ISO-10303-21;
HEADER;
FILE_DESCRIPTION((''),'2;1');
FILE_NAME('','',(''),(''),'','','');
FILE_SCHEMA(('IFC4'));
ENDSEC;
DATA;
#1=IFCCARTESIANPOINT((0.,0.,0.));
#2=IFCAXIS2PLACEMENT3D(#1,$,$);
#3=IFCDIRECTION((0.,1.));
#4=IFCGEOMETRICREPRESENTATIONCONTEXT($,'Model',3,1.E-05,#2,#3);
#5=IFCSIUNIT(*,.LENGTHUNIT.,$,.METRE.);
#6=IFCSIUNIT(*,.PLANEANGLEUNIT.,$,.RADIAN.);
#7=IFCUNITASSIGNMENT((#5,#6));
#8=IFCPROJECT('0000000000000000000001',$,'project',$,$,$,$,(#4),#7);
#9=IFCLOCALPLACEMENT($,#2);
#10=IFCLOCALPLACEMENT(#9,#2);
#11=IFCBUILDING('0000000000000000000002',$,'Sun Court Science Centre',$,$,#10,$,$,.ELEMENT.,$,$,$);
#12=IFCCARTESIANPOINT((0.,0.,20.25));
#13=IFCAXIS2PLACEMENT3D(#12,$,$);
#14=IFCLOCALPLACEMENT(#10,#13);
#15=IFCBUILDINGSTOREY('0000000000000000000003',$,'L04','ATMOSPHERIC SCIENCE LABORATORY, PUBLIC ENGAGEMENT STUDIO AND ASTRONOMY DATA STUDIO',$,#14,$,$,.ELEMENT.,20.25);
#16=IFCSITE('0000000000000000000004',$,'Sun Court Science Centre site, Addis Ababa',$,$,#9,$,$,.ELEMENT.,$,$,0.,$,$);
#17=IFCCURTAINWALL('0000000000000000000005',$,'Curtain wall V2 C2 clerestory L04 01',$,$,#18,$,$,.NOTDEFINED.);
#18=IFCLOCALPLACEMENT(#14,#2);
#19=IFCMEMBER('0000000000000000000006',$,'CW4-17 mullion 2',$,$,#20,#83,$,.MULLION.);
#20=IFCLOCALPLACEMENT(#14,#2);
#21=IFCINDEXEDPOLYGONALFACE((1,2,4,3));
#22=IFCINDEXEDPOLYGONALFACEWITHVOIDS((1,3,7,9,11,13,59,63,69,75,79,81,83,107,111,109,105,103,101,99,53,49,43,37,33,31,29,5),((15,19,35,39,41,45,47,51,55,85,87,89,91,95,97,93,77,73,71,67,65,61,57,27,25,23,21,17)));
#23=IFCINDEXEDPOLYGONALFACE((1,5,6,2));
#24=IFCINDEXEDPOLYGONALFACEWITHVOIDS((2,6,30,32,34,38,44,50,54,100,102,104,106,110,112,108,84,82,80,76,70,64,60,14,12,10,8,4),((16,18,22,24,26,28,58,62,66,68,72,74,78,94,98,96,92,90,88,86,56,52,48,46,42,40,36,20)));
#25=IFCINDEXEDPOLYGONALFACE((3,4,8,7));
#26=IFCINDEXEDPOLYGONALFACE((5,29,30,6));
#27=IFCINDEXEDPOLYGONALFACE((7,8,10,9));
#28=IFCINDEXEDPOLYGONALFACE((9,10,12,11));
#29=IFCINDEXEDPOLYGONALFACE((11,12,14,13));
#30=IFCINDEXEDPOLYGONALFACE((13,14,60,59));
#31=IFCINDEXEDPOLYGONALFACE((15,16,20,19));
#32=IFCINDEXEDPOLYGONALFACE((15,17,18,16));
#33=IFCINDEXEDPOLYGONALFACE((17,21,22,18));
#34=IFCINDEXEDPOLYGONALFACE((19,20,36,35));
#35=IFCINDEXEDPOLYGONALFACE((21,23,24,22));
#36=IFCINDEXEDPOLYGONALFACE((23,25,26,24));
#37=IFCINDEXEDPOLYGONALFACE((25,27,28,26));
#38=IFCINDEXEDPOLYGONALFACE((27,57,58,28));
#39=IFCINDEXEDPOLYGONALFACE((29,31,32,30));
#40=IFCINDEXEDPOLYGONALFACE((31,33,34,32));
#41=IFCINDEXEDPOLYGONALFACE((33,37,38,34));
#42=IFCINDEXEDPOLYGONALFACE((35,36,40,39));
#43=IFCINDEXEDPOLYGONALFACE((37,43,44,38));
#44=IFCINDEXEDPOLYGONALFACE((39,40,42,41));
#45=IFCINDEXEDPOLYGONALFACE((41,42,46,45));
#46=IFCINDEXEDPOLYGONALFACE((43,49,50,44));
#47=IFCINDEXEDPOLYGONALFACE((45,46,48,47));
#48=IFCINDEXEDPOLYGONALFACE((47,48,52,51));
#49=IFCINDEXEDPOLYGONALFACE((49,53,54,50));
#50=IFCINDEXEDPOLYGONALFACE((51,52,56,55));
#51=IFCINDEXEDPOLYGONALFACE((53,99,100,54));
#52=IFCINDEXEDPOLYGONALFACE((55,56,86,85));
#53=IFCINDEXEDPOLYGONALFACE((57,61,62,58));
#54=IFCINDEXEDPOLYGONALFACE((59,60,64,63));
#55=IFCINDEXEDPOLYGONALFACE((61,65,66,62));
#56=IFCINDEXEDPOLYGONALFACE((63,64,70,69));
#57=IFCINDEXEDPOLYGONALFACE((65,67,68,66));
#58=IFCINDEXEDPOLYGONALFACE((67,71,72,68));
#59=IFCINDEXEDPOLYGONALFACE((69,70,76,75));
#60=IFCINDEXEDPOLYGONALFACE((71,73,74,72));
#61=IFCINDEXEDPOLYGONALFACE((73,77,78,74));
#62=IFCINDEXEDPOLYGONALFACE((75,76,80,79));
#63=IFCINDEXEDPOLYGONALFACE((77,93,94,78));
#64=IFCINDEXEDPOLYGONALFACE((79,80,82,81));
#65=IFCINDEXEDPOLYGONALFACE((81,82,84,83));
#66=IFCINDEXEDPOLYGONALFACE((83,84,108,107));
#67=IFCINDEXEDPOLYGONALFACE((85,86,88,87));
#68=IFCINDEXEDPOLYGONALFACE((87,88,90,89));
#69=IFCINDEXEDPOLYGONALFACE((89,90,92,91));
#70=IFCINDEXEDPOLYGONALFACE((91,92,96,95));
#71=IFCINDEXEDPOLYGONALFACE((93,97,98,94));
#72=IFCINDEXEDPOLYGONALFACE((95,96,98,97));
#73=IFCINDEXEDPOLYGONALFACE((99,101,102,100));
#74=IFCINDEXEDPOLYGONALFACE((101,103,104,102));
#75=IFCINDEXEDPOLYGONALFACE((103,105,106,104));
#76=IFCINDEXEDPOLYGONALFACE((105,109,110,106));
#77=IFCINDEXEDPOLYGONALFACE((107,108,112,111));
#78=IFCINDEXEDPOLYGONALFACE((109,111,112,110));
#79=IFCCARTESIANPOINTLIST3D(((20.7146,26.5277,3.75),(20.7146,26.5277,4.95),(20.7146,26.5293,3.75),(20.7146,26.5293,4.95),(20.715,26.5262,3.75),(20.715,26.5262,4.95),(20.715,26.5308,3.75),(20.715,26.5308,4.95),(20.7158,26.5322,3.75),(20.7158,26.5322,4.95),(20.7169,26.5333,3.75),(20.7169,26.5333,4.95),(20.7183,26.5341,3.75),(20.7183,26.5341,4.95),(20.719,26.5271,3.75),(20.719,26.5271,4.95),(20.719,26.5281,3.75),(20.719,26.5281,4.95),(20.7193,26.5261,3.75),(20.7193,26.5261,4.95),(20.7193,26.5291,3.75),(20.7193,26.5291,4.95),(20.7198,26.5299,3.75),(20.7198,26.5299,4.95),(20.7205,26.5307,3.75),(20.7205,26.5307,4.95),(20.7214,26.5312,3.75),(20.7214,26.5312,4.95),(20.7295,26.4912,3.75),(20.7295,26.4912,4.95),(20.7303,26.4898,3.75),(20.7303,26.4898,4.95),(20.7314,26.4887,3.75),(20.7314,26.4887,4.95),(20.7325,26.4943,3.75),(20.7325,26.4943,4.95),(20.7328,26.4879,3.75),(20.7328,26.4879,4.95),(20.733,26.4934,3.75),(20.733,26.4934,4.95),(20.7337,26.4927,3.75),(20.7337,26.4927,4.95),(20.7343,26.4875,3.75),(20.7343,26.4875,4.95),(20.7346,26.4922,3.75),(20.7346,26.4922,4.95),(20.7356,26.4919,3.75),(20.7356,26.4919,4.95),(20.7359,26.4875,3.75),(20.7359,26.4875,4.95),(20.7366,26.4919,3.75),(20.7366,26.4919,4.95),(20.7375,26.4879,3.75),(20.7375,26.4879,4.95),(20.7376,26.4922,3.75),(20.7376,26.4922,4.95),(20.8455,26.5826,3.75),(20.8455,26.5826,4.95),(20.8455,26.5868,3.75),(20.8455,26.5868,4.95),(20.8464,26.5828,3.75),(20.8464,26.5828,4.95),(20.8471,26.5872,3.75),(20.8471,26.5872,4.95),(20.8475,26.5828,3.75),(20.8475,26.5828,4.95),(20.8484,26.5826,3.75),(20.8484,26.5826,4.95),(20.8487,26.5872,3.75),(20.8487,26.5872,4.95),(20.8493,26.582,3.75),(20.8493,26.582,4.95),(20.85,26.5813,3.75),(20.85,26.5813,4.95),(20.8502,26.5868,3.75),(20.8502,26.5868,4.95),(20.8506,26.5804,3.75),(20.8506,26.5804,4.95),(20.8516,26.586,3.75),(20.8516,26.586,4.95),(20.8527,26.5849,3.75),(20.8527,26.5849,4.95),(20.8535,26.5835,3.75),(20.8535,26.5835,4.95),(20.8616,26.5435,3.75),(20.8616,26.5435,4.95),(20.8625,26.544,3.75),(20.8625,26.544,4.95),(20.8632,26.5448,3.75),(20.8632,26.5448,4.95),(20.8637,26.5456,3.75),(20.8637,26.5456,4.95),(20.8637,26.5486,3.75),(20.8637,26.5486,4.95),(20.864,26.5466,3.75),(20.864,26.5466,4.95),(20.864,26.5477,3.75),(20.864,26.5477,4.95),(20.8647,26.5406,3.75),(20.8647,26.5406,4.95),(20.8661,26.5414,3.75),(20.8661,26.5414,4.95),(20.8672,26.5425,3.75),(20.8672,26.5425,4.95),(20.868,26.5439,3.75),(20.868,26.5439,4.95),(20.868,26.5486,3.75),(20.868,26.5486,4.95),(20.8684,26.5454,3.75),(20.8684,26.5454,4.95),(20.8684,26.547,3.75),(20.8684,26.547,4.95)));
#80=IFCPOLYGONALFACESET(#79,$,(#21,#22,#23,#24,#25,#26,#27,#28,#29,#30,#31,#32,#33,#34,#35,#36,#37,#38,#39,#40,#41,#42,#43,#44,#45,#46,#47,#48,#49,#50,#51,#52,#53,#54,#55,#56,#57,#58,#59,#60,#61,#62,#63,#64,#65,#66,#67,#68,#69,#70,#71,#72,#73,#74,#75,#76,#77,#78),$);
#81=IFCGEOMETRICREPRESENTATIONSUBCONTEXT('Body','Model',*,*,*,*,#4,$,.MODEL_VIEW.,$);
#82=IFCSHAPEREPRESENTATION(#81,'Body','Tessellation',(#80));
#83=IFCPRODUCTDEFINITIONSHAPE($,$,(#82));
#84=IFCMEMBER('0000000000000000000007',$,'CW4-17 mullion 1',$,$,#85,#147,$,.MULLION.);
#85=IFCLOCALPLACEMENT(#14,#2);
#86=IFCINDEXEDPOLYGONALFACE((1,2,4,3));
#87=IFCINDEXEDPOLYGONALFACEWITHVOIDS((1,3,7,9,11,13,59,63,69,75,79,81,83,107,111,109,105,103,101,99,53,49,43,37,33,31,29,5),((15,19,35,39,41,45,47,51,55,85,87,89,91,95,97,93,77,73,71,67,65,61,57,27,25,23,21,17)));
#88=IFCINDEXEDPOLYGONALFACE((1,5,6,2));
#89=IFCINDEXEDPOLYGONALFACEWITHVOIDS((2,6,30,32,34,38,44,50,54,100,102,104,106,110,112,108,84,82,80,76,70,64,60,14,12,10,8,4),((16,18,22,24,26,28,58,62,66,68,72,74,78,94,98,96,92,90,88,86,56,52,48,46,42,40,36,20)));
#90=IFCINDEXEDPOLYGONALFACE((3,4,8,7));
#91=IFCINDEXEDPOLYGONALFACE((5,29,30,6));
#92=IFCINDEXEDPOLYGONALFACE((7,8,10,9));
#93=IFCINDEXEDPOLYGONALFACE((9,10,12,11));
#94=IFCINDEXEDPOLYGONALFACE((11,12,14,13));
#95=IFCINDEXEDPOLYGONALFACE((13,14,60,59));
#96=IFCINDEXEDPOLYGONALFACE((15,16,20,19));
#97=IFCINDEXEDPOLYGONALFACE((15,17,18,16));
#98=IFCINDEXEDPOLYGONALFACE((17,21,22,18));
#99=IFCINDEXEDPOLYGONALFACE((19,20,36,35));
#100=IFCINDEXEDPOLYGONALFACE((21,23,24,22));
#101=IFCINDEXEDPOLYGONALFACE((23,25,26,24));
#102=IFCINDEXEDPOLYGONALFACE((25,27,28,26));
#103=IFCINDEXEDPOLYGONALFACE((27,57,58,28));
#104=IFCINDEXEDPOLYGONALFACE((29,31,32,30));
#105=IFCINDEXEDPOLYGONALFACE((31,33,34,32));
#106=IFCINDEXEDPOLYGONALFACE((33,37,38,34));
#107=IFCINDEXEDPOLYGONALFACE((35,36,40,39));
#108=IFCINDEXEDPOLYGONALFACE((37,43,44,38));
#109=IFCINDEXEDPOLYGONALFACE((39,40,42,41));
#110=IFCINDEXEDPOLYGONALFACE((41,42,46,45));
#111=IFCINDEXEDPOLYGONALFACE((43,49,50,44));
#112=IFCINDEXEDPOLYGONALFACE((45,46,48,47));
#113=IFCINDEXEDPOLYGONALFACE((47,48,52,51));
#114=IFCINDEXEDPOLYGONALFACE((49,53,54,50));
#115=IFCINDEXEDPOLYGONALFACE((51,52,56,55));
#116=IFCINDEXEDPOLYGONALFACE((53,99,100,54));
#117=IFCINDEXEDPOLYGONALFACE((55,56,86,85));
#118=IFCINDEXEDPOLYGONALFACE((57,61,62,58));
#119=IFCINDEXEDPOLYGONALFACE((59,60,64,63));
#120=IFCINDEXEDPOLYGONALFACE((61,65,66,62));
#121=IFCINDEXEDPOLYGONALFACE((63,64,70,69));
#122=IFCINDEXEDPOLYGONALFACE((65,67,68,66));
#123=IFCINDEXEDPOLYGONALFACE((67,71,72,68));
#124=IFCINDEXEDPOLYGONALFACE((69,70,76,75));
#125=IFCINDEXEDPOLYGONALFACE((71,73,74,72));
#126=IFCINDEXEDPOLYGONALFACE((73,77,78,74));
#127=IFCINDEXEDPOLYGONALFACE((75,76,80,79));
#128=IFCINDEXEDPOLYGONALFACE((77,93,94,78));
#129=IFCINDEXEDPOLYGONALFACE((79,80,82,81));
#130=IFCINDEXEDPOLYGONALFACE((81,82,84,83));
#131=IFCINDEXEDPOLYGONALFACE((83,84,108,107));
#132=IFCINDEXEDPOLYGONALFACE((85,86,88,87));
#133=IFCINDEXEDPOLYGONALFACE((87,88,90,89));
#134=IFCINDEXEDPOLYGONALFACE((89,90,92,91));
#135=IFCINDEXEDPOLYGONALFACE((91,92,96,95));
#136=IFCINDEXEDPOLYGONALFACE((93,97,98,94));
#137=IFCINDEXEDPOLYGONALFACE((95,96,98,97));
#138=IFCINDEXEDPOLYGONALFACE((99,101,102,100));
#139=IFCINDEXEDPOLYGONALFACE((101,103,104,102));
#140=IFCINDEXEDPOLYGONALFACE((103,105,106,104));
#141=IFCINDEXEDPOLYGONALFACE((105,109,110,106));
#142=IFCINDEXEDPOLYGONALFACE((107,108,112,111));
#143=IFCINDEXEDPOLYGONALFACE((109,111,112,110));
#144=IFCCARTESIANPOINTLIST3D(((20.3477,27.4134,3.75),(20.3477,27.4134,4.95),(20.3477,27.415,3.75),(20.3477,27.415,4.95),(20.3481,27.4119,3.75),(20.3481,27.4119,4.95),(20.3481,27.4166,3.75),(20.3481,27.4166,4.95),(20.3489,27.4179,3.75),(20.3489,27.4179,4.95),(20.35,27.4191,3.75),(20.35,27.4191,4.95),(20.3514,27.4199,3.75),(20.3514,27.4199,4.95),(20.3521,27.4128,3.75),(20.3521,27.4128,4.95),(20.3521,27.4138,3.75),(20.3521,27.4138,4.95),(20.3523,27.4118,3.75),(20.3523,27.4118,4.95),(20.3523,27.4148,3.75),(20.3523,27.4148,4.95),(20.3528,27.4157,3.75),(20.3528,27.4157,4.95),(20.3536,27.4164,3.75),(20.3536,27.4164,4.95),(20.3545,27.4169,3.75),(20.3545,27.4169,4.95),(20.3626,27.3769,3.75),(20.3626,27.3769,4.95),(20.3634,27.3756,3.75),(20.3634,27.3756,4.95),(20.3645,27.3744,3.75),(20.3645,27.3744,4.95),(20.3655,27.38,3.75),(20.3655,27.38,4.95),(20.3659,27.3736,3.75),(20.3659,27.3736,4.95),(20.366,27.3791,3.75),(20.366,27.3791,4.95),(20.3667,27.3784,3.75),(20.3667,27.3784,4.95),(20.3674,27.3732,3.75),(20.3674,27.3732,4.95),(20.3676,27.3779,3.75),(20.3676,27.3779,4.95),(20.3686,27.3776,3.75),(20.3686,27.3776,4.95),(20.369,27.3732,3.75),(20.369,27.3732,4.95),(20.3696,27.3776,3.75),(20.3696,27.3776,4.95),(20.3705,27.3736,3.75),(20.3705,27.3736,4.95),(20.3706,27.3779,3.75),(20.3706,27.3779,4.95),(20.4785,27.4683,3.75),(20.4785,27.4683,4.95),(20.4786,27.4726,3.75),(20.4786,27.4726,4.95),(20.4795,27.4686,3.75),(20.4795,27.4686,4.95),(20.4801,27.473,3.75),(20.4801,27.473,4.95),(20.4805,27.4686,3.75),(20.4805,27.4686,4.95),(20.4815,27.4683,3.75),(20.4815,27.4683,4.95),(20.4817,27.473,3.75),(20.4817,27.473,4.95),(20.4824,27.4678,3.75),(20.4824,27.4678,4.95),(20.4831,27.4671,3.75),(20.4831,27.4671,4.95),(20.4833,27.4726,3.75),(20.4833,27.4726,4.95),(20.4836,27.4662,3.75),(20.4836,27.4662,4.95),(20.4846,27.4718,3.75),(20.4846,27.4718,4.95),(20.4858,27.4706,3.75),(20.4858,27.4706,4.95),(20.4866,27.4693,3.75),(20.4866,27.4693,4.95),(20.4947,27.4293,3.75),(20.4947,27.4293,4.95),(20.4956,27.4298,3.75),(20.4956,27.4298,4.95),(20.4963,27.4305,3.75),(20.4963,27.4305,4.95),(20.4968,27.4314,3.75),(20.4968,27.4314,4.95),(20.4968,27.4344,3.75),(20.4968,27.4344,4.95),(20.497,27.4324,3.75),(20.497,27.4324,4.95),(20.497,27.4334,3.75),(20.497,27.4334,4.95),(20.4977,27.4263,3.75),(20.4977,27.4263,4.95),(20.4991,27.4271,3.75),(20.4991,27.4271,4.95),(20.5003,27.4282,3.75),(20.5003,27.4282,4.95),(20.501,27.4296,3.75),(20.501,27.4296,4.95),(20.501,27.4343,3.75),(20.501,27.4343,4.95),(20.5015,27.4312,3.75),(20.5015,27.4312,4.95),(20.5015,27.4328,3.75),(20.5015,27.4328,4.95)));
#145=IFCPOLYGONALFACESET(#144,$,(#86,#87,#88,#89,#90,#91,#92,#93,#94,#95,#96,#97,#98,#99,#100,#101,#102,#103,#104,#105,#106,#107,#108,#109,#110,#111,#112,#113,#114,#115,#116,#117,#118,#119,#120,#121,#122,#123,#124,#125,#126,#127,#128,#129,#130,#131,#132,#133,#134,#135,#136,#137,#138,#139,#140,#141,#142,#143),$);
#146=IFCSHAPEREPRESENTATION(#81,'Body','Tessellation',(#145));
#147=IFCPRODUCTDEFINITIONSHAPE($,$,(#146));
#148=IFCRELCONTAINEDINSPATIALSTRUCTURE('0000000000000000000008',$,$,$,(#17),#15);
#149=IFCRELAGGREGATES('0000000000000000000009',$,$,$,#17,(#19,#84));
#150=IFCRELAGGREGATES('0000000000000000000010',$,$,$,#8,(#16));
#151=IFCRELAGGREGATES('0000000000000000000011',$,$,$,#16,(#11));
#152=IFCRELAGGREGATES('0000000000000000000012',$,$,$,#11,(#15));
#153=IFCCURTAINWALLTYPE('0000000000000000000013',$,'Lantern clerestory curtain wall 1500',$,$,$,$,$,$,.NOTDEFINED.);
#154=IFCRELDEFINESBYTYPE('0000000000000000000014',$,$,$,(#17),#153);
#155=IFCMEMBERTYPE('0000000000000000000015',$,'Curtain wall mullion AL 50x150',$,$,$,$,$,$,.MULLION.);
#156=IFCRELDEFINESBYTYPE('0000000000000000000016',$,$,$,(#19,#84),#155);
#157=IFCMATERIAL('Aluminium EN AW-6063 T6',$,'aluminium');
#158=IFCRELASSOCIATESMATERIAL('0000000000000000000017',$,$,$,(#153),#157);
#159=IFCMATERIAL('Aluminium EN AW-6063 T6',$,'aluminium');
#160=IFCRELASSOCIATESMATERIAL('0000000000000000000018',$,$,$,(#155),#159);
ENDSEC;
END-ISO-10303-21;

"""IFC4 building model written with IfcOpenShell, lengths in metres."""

from ifc_helpers import new_model, si_unit, direction, frame, origin, origin_2d, place, context, subcontext, project, spatial, hollow_rectangle, extrude, material, material_profile, profile_set, type_object, element, aggregate, save


model = new_model("IFC4")

# Units and contexts
model_context = context("Model", 3, precision=1e-05, world=origin(), true_north=direction((0.0, 1.0)))
body_context = subcontext(model_context, "Body", "Model", "MODEL_VIEW")
ifc_project = project(units=[si_unit("LENGTHUNIT", "METRE"), si_unit("PLANEANGLEUNIT", "RADIAN")], contexts=[model_context])

# Site, building, storey
site_placement = place(None, origin())
site = spatial("IfcSite", under=ifc_project, at=site_placement, Name="Sun Court Science Centre site, Addis Ababa", CompositionType="ELEMENT", RefElevation=0.0)
building_placement = place(site_placement, origin())
building = spatial("IfcBuilding", under=site, at=building_placement, Name="Sun Court Science Centre", CompositionType="ELEMENT")
storey_placement = place(building_placement, frame((0.0, 0.0, 20.25)))
storey = spatial("IfcBuildingStorey", under=building, at=storey_placement, Name="L04", Description="ATMOSPHERIC SCIENCE LABORATORY, PUBLIC ENGAGEMENT STUDIO AND ASTRONOMY DATA STUDIO", CompositionType="ELEMENT", Elevation=20.25)

# Curtain wall, members
ifc_material_1 = material(Name="Aluminium EN AW-6063 T6", Category="aluminium")
curtain_wall_type = type_object("IfcCurtainWallType", Name="Lantern clerestory curtain wall 1500", PredefinedType="NOTDEFINED", material=ifc_material_1)
curtain_wall_1_placement = place(storey_placement, origin())
curtain_wall_1 = element("IfcCurtainWall", 1, at=curtain_wall_1_placement, inside=storey, type_object=curtain_wall_type, Name="Curtain wall V2 C2 clerestory L04 01", PredefinedType="NOTDEFINED")
ifc_material_2 = material(Name="Aluminium EN AW-6063 T6", Category="aluminium")
ifc_material_profile_1 = material_profile(ifc_material_2, hollow_rectangle(XDim=0.05, YDim=0.1499, WallThickness=0.0039, InnerFilletRadius=0.0039, OuterFilletRadius=0.0061, at=origin_2d()), Name="AL 50x150x4")
ifc_profile_set_1 = profile_set([ifc_material_profile_1], Name="Aluminium EN AW-6063 T6")
member_type_1 = type_object("IfcMemberType", Name="Curtain wall mullion AL 50x150", PredefinedType="MULLION", material=ifc_profile_set_1)
member_1_placement = place(storey_placement, frame((20.7915, 26.5374, 3.75), z_axis=(0.0, 0.0, 1.0), x_axis=(0.382683, -0.92388, 0.0)))
member_1 = element("IfcMember", 2, at=member_1_placement, type_object=member_type_1, Name="CW4-17 mullion 2", PredefinedType="MULLION", context=body_context, shape_type="SweptSolid", body=[
    extrude(hollow_rectangle(XDim=0.05, YDim=0.1499, WallThickness=0.0039, InnerFilletRadius=0.0039, OuterFilletRadius=0.0061, at=origin_2d()), origin(), (0.0, 0.0, 1.0), 1.2),
])
member_2_placement = place(storey_placement, frame((20.4246, 27.4231, 3.75), z_axis=(0.0, 0.0, 1.0), x_axis=(0.382683, -0.92388, 0.0)))
member_2 = element("IfcMember", 3, at=member_2_placement, type_object=member_type_1, Name="CW4-17 mullion 1", PredefinedType="MULLION", context=body_context, shape_type="SweptSolid", body=[
    extrude(hollow_rectangle(XDim=0.05, YDim=0.1499, WallThickness=0.0039, InnerFilletRadius=0.0039, OuterFilletRadius=0.0061, at=origin_2d()), origin(), (0.0, 0.0, 1.0), 1.2),
])
aggregate(curtain_wall_1, [member_1, member_2])

save(model, "model.ifc")
